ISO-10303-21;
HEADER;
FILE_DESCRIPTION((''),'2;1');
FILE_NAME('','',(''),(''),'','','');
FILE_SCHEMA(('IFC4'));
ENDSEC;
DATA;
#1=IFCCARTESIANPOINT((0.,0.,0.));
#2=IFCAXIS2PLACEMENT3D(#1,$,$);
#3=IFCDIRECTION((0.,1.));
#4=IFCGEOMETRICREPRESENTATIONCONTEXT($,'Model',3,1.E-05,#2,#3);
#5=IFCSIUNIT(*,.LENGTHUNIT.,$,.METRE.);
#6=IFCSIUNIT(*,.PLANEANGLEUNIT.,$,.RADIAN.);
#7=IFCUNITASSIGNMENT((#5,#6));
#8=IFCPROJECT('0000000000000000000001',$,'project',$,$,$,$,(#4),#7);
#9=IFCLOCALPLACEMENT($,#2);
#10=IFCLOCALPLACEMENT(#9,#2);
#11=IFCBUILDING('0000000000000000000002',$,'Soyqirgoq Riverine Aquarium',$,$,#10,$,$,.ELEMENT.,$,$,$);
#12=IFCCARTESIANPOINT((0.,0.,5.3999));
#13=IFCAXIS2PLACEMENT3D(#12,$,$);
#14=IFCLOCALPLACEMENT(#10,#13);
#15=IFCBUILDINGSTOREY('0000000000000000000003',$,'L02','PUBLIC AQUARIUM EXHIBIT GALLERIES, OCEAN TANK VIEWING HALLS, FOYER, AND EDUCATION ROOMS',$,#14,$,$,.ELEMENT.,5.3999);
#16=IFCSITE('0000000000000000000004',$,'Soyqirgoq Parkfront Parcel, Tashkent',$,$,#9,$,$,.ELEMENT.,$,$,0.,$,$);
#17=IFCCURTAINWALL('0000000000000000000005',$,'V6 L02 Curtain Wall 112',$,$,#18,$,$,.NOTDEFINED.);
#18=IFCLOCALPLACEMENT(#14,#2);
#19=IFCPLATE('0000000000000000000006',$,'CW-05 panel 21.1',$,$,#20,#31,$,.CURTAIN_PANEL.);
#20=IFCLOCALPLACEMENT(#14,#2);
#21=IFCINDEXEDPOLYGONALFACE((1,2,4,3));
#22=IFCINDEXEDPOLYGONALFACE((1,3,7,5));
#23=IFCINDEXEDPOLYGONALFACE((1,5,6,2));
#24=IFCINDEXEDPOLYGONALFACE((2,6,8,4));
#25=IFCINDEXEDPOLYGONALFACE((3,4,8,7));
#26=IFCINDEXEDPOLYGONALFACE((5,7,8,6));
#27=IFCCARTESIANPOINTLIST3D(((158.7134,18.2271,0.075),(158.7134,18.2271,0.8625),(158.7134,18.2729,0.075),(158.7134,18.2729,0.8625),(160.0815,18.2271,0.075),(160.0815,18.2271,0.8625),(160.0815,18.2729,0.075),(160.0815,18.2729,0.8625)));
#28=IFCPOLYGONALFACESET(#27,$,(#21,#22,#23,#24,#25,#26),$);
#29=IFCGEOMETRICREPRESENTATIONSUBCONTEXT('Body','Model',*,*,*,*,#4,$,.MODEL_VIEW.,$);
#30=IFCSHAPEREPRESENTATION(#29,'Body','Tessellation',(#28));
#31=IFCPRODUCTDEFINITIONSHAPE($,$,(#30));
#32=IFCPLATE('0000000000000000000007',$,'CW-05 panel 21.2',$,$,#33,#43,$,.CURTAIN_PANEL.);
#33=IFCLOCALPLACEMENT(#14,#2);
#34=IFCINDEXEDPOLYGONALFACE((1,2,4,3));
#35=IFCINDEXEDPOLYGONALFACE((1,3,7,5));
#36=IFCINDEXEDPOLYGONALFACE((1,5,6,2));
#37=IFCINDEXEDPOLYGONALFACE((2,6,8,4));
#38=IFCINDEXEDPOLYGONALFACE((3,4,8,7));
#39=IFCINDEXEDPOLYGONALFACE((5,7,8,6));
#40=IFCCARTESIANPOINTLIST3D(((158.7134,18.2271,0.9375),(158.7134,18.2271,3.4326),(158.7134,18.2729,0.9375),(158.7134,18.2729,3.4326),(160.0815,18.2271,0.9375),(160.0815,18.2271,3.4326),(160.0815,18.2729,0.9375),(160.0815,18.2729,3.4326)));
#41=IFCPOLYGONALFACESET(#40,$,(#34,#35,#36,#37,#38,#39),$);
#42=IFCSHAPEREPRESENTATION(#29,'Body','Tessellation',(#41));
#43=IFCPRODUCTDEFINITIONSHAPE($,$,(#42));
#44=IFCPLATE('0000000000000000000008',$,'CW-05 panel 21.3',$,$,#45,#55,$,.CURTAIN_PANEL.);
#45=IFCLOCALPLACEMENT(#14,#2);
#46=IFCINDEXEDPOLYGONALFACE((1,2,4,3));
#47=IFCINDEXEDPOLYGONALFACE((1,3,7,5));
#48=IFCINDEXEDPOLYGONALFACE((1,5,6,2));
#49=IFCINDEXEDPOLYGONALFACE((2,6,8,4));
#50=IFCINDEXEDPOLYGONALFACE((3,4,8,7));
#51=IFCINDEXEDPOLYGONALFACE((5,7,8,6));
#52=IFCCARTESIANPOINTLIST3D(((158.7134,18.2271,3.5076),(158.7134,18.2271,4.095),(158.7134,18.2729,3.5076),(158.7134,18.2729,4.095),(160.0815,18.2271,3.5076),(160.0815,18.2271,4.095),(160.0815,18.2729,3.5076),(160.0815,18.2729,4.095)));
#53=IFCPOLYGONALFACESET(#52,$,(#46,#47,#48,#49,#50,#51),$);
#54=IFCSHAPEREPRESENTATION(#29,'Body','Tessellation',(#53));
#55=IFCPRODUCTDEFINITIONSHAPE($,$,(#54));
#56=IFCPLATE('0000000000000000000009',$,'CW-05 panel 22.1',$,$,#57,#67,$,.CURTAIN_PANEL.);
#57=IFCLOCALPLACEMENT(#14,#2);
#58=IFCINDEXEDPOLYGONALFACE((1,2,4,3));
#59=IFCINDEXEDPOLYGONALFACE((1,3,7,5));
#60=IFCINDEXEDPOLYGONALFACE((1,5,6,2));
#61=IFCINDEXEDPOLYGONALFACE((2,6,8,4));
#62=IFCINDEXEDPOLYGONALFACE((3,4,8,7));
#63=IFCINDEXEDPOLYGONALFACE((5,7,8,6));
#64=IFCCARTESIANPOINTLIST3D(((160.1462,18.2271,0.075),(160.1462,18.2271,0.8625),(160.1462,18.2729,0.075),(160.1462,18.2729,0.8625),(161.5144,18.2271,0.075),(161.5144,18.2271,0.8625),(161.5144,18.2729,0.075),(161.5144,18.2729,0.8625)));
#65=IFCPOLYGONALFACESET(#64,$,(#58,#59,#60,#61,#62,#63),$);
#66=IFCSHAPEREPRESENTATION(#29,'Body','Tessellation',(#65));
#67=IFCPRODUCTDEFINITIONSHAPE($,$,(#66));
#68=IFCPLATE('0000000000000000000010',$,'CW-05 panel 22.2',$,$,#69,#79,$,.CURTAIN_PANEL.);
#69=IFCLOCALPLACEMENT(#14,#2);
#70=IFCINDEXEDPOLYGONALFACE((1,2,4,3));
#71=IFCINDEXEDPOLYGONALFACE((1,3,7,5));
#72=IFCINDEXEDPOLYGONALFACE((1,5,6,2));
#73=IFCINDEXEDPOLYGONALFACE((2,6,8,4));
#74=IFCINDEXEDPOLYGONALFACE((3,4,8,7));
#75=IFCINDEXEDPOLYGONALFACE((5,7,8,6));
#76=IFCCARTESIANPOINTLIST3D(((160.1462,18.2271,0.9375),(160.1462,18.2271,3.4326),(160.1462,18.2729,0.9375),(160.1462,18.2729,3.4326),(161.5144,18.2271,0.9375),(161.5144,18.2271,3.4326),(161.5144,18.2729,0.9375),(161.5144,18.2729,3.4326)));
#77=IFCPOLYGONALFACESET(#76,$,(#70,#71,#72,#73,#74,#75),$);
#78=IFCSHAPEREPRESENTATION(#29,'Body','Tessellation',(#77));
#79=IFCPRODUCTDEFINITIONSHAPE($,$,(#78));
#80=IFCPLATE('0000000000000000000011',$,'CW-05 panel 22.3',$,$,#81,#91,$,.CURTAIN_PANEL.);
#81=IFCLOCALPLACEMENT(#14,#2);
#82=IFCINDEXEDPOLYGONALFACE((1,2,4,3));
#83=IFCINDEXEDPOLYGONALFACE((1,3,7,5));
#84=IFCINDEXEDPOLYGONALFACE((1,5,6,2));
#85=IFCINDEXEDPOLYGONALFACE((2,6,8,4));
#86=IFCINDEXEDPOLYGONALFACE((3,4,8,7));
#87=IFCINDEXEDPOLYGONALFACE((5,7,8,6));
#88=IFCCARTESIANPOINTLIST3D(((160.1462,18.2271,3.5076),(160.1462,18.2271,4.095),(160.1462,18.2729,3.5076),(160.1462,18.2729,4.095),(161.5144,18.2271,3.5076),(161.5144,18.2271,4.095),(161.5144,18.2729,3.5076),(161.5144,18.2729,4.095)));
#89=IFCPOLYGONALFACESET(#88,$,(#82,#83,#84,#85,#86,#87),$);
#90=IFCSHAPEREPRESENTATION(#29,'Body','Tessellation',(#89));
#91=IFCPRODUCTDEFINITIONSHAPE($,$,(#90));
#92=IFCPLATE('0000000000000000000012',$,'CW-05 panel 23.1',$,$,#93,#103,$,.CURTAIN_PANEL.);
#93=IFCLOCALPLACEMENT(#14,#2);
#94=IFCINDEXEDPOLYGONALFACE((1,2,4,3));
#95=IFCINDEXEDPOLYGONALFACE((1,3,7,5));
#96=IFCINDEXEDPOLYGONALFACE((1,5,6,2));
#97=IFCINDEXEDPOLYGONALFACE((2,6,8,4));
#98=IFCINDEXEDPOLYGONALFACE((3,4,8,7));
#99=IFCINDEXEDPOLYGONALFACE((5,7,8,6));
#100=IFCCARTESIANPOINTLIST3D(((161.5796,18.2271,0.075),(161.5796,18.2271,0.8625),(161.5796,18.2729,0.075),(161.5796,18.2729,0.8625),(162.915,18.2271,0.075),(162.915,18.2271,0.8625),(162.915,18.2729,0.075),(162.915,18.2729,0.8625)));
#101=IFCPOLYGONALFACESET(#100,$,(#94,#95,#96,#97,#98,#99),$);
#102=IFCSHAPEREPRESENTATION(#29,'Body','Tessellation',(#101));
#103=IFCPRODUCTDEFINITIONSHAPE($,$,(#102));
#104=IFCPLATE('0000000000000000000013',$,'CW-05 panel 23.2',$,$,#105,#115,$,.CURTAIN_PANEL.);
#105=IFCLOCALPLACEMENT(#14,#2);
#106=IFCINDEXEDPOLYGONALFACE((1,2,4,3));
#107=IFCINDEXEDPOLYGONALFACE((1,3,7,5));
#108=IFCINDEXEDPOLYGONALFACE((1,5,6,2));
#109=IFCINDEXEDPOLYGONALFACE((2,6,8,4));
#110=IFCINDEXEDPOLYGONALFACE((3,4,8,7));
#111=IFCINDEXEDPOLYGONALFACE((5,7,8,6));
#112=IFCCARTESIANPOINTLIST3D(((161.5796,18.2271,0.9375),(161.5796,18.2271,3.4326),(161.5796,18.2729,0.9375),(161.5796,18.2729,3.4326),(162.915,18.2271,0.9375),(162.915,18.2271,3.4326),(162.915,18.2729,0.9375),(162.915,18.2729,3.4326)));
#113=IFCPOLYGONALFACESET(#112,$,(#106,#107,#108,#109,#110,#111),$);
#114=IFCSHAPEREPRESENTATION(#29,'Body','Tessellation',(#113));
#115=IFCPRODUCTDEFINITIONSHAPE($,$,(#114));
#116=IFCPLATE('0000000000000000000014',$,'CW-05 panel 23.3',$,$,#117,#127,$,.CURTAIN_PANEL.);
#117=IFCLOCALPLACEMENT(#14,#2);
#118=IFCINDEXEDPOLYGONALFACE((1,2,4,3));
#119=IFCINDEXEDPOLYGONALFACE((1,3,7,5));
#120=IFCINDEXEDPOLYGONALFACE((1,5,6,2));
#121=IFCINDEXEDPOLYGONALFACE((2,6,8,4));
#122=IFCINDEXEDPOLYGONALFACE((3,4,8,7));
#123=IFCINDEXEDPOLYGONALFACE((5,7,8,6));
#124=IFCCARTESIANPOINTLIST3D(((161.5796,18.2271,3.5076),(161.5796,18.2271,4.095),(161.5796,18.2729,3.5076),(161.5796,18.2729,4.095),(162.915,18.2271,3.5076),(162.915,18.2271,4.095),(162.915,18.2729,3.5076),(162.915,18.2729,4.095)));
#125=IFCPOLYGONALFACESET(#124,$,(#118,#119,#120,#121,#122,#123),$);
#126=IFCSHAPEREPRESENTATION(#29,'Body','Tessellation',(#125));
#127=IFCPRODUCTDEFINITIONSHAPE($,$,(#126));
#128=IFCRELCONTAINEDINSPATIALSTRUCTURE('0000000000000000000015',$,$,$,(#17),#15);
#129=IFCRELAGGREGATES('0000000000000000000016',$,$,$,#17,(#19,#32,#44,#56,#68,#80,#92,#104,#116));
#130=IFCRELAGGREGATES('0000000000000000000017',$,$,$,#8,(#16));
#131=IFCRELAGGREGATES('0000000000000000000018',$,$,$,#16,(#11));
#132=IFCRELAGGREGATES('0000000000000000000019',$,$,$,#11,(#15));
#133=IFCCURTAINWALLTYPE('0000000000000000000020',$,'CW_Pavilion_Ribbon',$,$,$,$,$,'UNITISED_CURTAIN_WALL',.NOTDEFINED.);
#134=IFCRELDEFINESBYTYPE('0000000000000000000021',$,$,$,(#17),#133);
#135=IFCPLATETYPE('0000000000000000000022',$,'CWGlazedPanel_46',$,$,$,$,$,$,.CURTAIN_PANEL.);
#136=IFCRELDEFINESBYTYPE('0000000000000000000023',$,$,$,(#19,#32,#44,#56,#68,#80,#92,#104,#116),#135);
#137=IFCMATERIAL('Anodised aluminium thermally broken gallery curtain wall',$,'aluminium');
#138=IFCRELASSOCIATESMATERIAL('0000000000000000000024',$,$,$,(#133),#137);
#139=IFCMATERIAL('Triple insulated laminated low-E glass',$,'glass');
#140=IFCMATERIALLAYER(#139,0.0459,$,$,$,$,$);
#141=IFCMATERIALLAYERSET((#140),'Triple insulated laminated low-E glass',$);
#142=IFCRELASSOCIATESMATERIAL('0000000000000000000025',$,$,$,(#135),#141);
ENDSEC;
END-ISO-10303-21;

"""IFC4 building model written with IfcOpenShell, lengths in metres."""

from ifc_helpers import new_model, si_unit, direction, frame, origin, origin_2d, place, context, subcontext, project, spatial, rectangle, extrude, material, layer, layer_set, type_object, element, aggregate, save


model = new_model("IFC4")

# Units and contexts
model_context = context("Model", 3, precision=1e-05, world=origin(), true_north=direction((0.0, 1.0)))
body_context = subcontext(model_context, "Body", "Model", "MODEL_VIEW")
ifc_project = project(units=[si_unit("LENGTHUNIT", "METRE"), si_unit("PLANEANGLEUNIT", "RADIAN")], contexts=[model_context])

# Site, building, storey
site_placement = place(None, origin())
site = spatial("IfcSite", under=ifc_project, at=site_placement, Name="Soyqirgoq Parkfront Parcel, Tashkent", CompositionType="ELEMENT", RefElevation=0.0)
building_placement = place(site_placement, origin())
building = spatial("IfcBuilding", under=site, at=building_placement, Name="Soyqirgoq Riverine Aquarium", CompositionType="ELEMENT")
storey_placement = place(building_placement, frame((0.0, 0.0, 5.3999)))
storey = spatial("IfcBuildingStorey", under=building, at=storey_placement, Name="L02", Description="PUBLIC AQUARIUM EXHIBIT GALLERIES, OCEAN TANK VIEWING HALLS, FOYER, AND EDUCATION ROOMS", CompositionType="ELEMENT", Elevation=5.3999)

# Curtain wall, plates
ifc_material_1 = material(Name="Anodised aluminium thermally broken gallery curtain wall", Category="aluminium")
curtain_wall_type = type_object("IfcCurtainWallType", Name="CW_Pavilion_Ribbon", ElementType="UNITISED_CURTAIN_WALL", PredefinedType="NOTDEFINED", material=ifc_material_1)
curtain_wall_placement = place(storey_placement, origin())
curtain_wall = element("IfcCurtainWall", 1, at=curtain_wall_placement, inside=storey, type_object=curtain_wall_type, Name="V6 L02 Curtain Wall 112", PredefinedType="NOTDEFINED")
ifc_material_2 = material(Name="Triple insulated laminated low-E glass", Category="glass")
ifc_layer_1 = layer(ifc_material_2, 0.0459)
ifc_layer_set_1 = layer_set([ifc_layer_1], Name="Triple insulated laminated low-E glass")
plate_type = type_object("IfcPlateType", Name="CWGlazedPanel_46", PredefinedType="CURTAIN_PANEL", material=ifc_layer_set_1)
plate_1_placement = place(storey_placement, frame((159.3975, 18.25, 0.075), z_axis=(0.0, 0.0, 1.0), x_axis=(1.0, 0.0, 0.0)))
plate_1 = element("IfcPlate", 2, at=plate_1_placement, type_object=plate_type, Name="CW-05 panel 21.1", PredefinedType="CURTAIN_PANEL", context=body_context, shape_type="SweptSolid", body=[
    extrude(rectangle(XDim=1.3682, YDim=0.0459, at=origin_2d()), origin(), (0.0, 0.0, 1.0), 0.7876),
])
plate_2_placement = place(storey_placement, frame((159.3975, 18.25, 0.9375), z_axis=(0.0, 0.0, 1.0), x_axis=(1.0, 0.0, 0.0)))
plate_2 = element("IfcPlate", 3, at=plate_2_placement, type_object=plate_type, Name="CW-05 panel 21.2", PredefinedType="CURTAIN_PANEL", context=body_context, shape_type="SweptSolid", body=[
    extrude(rectangle(XDim=1.3682, YDim=0.0459, at=origin_2d()), origin(), (0.0, 0.0, 1.0), 2.4951),
])
plate_3_placement = place(storey_placement, frame((159.3975, 18.25, 3.5076), z_axis=(0.0, 0.0, 1.0), x_axis=(1.0, 0.0, 0.0)))
plate_3 = element("IfcPlate", 4, at=plate_3_placement, type_object=plate_type, Name="CW-05 panel 21.3", PredefinedType="CURTAIN_PANEL", context=body_context, shape_type="SweptSolid", body=[
    extrude(rectangle(XDim=1.3682, YDim=0.0459, at=origin_2d()), origin(), (0.0, 0.0, 1.0), 0.5874),
])
plate_4_placement = place(storey_placement, frame((160.8303, 18.25, 0.075), z_axis=(0.0, 0.0, 1.0), x_axis=(1.0, 0.0, 0.0)))
plate_4 = element("IfcPlate", 5, at=plate_4_placement, type_object=plate_type, Name="CW-05 panel 22.1", PredefinedType="CURTAIN_PANEL", context=body_context, shape_type="SweptSolid", body=[
    extrude(rectangle(XDim=1.3682, YDim=0.0459, at=origin_2d()), origin(), (0.0, 0.0, 1.0), 0.7876),
])
plate_5_placement = place(storey_placement, frame((160.8303, 18.25, 0.9375), z_axis=(0.0, 0.0, 1.0), x_axis=(1.0, 0.0, 0.0)))
plate_5 = element("IfcPlate", 6, at=plate_5_placement, type_object=plate_type, Name="CW-05 panel 22.2", PredefinedType="CURTAIN_PANEL", context=body_context, shape_type="SweptSolid", body=[
    extrude(rectangle(XDim=1.3682, YDim=0.0459, at=origin_2d()), origin(), (0.0, 0.0, 1.0), 2.4951),
])
plate_6_placement = place(storey_placement, frame((160.8303, 18.25, 3.5076), z_axis=(0.0, 0.0, 1.0), x_axis=(1.0, 0.0, 0.0)))
plate_6 = element("IfcPlate", 7, at=plate_6_placement, type_object=plate_type, Name="CW-05 panel 22.3", PredefinedType="CURTAIN_PANEL", context=body_context, shape_type="SweptSolid", body=[
    extrude(rectangle(XDim=1.3682, YDim=0.0459, at=origin_2d()), origin(), (0.0, 0.0, 1.0), 0.5874),
])
plate_7_placement = place(storey_placement, frame((162.2473, 18.25, 0.075), z_axis=(0.0, 0.0, 1.0), x_axis=(1.0, 0.0, 0.0)))
plate_7 = element("IfcPlate", 8, at=plate_7_placement, type_object=plate_type, Name="CW-05 panel 23.1", PredefinedType="CURTAIN_PANEL", context=body_context, shape_type="SweptSolid", body=[
    extrude(rectangle(XDim=1.3354, YDim=0.0459, at=origin_2d()), origin(), (0.0, 0.0, 1.0), 0.7876),
])
plate_8_placement = place(storey_placement, frame((162.2473, 18.25, 0.9375), z_axis=(0.0, 0.0, 1.0), x_axis=(1.0, 0.0, 0.0)))
plate_8 = element("IfcPlate", 9, at=plate_8_placement, type_object=plate_type, Name="CW-05 panel 23.2", PredefinedType="CURTAIN_PANEL", context=body_context, shape_type="SweptSolid", body=[
    extrude(rectangle(XDim=1.3354, YDim=0.0459, at=origin_2d()), origin(), (0.0, 0.0, 1.0), 2.4951),
])
plate_9_placement = place(storey_placement, frame((162.2473, 18.25, 3.5076), z_axis=(0.0, 0.0, 1.0), x_axis=(1.0, 0.0, 0.0)))
plate_9 = element("IfcPlate", 10, at=plate_9_placement, type_object=plate_type, Name="CW-05 panel 23.3", PredefinedType="CURTAIN_PANEL", context=body_context, shape_type="SweptSolid", body=[
    extrude(rectangle(XDim=1.3354, YDim=0.0459, at=origin_2d()), origin(), (0.0, 0.0, 1.0), 0.5874),
])
aggregate(curtain_wall, [plate_1, plate_2, plate_3, plate_4, plate_5, plate_6, plate_7, plate_8, plate_9])

save(model, "model.ifc")
